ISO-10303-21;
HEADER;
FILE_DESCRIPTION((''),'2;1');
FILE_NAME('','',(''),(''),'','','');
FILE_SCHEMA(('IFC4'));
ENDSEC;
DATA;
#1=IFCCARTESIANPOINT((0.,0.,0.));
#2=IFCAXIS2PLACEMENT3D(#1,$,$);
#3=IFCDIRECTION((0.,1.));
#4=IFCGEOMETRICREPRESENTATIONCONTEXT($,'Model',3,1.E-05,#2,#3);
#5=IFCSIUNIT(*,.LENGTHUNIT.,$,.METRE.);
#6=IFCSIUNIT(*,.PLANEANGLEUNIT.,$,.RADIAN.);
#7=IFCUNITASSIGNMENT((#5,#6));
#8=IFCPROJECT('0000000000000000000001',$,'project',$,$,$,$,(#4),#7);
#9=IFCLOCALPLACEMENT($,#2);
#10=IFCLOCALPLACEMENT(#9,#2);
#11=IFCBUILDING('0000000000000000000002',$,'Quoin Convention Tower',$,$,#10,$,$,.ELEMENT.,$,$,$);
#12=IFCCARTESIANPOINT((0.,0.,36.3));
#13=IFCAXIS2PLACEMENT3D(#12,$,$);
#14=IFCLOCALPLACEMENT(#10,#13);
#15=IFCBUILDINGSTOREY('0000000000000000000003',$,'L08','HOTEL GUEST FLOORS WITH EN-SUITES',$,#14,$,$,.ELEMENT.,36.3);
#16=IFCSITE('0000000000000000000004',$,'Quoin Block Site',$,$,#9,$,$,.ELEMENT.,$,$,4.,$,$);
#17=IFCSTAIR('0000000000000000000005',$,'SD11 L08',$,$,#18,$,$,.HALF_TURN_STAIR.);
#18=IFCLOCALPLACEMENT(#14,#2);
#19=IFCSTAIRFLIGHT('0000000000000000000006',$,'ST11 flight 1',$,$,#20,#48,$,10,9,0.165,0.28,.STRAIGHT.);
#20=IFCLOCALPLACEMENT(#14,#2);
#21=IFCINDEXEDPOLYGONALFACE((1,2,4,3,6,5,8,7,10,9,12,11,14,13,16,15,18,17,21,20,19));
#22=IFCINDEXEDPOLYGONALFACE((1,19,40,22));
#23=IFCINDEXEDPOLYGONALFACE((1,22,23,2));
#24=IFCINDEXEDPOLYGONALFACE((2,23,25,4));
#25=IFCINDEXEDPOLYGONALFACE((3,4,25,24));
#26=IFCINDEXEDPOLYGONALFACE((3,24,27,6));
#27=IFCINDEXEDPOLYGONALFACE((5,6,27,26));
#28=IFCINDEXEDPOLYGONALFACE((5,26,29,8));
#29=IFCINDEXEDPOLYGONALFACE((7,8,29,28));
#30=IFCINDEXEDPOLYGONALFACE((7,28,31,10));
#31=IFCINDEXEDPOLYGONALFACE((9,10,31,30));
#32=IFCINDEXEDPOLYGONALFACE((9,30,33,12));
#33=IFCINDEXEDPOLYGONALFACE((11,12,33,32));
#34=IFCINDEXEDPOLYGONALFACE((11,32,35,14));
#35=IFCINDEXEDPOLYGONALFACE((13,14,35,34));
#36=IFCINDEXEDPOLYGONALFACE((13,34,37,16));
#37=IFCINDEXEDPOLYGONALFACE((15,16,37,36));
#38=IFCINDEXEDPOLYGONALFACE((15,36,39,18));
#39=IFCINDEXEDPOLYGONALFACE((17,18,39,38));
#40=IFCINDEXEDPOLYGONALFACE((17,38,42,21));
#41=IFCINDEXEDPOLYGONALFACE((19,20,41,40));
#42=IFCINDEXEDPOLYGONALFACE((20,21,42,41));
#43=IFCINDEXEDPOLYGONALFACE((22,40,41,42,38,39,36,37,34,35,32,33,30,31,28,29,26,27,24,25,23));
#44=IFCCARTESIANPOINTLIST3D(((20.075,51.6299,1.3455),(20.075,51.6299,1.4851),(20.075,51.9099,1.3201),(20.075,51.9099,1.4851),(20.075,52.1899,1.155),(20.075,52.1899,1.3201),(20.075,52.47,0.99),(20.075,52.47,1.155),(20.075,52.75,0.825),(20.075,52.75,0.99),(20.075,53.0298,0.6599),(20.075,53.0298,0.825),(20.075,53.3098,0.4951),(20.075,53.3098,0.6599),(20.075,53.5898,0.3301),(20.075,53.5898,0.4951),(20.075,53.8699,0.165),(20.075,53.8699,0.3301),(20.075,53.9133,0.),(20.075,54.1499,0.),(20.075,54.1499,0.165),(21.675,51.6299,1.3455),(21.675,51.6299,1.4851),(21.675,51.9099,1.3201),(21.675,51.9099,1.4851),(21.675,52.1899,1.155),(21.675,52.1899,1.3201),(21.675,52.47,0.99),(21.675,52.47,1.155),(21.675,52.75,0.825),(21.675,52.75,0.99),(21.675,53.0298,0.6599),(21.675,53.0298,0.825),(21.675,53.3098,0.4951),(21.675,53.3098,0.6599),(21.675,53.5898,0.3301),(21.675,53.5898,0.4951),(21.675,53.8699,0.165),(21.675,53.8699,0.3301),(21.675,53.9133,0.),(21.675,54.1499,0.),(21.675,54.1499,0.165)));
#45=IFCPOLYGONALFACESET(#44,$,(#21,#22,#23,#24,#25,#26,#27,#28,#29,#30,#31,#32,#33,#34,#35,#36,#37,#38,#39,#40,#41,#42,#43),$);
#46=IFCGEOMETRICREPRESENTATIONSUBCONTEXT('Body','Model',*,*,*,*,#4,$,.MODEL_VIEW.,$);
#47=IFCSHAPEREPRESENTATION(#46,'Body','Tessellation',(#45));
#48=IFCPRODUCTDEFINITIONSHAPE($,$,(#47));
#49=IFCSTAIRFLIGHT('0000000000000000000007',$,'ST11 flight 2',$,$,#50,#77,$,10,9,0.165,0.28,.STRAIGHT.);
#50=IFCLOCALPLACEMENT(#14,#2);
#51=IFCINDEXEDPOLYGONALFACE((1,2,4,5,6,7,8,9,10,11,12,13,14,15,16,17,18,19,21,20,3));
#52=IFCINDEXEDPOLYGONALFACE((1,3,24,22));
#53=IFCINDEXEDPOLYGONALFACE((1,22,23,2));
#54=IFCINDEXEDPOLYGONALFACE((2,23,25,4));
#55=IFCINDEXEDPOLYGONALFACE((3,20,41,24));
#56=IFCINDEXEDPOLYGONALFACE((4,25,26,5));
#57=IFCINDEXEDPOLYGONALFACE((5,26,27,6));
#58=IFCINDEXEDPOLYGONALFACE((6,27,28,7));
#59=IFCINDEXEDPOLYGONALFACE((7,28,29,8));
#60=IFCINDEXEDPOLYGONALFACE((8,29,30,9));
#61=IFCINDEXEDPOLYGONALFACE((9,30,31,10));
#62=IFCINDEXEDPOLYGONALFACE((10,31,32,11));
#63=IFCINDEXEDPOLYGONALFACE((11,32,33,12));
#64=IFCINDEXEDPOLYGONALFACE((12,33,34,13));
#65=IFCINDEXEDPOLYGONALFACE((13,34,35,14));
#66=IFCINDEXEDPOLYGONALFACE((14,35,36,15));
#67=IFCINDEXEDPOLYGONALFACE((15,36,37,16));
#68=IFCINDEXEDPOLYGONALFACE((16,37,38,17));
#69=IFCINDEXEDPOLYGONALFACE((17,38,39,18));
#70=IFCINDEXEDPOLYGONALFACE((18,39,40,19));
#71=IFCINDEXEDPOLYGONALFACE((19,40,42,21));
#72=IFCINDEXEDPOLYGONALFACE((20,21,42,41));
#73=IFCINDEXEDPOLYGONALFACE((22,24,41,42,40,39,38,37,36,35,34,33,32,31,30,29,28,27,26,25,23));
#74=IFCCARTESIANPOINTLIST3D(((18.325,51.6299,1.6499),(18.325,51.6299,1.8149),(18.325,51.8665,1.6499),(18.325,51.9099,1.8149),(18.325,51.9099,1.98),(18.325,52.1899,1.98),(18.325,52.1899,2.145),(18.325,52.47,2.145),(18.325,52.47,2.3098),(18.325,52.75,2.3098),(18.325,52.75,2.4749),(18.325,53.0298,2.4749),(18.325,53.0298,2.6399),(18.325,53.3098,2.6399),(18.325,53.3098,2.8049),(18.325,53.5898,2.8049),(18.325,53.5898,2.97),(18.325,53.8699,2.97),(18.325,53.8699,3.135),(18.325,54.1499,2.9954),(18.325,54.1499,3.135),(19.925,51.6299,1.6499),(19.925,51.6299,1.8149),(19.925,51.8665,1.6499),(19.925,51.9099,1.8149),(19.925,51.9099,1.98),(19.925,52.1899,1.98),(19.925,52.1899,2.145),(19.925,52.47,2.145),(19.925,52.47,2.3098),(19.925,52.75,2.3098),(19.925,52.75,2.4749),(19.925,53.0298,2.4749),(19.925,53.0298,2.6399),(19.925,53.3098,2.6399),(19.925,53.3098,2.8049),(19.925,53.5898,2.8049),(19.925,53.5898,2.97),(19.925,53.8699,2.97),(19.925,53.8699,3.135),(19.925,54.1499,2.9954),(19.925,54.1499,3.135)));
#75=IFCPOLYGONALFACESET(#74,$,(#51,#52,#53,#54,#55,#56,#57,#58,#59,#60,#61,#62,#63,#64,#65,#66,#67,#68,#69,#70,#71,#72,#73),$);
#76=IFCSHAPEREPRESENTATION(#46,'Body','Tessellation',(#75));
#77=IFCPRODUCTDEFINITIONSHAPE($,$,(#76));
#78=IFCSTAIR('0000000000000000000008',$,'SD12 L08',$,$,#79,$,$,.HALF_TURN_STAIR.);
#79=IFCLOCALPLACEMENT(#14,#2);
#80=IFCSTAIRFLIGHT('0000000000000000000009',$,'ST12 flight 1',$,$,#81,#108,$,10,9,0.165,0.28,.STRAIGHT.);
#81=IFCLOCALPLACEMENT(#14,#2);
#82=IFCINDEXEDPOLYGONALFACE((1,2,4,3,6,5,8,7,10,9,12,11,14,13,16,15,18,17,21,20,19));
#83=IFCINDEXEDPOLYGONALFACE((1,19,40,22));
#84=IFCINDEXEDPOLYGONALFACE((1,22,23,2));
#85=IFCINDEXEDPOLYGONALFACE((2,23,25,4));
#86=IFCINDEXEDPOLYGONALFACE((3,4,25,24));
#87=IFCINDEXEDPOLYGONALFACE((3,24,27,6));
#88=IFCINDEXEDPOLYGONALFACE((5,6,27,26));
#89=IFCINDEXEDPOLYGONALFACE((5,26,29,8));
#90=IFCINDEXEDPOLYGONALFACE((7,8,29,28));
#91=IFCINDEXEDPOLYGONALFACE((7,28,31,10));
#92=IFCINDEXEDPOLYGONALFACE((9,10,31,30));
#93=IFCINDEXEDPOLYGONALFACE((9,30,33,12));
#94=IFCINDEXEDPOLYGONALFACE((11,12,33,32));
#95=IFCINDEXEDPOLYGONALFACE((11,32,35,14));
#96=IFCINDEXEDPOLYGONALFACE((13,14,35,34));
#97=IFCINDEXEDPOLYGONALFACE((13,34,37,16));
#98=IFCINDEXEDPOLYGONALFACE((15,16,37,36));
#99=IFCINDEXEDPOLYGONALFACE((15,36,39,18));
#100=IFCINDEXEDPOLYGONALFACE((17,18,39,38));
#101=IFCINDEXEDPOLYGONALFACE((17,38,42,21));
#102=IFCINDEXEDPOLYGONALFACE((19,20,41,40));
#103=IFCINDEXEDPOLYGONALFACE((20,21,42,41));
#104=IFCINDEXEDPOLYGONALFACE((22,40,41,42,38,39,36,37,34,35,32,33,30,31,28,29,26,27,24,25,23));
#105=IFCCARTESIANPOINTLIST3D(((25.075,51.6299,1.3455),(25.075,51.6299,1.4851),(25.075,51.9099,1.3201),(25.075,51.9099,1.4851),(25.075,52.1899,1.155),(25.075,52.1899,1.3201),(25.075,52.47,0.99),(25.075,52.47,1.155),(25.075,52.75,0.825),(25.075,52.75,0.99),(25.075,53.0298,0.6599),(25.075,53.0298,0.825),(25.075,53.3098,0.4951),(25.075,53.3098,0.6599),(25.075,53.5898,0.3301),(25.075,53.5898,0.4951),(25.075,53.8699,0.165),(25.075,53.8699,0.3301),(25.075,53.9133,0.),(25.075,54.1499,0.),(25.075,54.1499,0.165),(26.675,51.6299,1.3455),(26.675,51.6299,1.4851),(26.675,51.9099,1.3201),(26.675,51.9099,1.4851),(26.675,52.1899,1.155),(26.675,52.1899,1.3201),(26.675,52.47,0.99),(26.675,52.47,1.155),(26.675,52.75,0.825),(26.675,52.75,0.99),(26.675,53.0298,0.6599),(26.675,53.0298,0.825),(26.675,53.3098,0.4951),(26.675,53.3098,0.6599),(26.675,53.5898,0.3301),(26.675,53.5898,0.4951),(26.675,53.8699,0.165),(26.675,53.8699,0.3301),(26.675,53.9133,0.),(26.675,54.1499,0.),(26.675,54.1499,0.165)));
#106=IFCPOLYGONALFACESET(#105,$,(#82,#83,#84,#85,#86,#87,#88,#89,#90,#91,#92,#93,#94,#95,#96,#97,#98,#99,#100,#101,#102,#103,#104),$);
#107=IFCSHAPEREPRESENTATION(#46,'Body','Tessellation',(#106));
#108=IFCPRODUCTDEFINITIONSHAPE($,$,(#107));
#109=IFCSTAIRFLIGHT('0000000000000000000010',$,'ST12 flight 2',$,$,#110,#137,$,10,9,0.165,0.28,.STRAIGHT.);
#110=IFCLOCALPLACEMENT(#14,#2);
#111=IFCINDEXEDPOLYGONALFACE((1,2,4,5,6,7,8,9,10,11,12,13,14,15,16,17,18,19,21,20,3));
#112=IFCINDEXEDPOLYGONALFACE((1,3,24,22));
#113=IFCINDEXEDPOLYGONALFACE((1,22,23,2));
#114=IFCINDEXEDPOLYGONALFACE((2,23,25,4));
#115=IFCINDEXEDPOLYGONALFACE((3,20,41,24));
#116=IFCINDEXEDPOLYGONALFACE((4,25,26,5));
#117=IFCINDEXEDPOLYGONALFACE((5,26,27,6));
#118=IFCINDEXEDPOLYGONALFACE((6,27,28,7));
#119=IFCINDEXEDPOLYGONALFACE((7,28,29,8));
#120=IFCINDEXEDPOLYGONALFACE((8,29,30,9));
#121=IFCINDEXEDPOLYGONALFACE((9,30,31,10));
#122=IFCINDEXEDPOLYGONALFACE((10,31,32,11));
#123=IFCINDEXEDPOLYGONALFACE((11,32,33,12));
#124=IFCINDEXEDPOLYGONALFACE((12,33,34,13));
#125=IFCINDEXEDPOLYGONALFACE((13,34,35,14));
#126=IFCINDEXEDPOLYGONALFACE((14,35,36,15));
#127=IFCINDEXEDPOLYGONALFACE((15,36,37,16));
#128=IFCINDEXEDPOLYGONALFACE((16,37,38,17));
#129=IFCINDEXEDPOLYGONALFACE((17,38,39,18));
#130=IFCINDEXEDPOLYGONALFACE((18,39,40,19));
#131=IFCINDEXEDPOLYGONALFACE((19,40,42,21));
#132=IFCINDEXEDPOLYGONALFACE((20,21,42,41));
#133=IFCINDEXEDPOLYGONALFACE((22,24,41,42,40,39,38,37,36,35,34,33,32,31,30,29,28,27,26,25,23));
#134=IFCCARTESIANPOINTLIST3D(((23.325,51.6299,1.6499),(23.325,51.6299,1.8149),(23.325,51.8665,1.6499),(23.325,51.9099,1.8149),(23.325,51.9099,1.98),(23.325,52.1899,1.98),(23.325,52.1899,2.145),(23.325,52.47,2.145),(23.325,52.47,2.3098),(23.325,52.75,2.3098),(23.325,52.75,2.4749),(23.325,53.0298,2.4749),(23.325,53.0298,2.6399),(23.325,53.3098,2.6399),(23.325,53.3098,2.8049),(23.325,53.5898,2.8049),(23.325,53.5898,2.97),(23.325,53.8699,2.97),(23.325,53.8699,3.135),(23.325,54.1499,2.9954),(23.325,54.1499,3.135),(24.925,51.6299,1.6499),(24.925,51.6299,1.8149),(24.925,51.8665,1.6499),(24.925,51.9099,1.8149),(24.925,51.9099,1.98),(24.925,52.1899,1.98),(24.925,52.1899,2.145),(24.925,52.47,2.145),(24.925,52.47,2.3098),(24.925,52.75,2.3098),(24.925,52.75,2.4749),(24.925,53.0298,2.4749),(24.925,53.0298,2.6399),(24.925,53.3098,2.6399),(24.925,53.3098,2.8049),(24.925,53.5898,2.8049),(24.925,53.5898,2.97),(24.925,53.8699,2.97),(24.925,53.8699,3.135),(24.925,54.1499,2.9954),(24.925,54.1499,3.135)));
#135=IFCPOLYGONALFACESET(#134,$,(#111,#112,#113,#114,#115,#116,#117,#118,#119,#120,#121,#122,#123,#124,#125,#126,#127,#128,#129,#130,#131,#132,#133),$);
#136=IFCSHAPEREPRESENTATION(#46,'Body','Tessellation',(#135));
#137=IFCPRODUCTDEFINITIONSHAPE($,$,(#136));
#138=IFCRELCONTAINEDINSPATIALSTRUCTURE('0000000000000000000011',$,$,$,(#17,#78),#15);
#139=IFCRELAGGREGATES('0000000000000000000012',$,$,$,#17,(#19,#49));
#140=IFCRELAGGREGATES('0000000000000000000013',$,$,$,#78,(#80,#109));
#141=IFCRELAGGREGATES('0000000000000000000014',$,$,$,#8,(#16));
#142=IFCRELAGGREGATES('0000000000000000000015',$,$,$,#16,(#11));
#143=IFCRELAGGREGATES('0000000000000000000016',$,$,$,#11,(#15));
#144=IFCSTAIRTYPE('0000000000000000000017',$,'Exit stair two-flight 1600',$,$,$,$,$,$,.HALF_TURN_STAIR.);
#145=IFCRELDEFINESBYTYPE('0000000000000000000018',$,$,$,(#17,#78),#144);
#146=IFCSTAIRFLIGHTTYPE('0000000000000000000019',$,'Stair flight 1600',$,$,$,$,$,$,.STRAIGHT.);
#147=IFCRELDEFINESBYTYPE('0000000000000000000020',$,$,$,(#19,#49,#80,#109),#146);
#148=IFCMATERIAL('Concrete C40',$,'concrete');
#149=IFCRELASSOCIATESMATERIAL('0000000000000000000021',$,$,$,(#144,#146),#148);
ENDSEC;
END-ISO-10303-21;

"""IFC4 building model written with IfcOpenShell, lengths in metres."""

from ifc_helpers import new_model, si_unit, direction, frame, origin, place, context, subcontext, project, spatial, polyline, outline, extrude, material, type_object, element, aggregate, save


model = new_model("IFC4")

# Units and contexts
model_context = context("Model", 3, precision=1e-05, world=origin(), true_north=direction((0.0, 1.0)))
body_context = subcontext(model_context, "Body", "Model", "MODEL_VIEW")
ifc_project = project(units=[si_unit("LENGTHUNIT", "METRE"), si_unit("PLANEANGLEUNIT", "RADIAN")], contexts=[model_context])

# Site, building, storey
site_placement = place(None, origin())
site = spatial("IfcSite", under=ifc_project, at=site_placement, Name="Quoin Block Site", CompositionType="ELEMENT", RefElevation=4.0)
building_placement = place(site_placement, origin())
building = spatial("IfcBuilding", under=site, at=building_placement, Name="Quoin Convention Tower", CompositionType="ELEMENT")
storey_placement = place(building_placement, frame((0.0, 0.0, 36.3)))
storey = spatial("IfcBuildingStorey", under=building, at=storey_placement, Name="L08", Description="HOTEL GUEST FLOORS WITH EN-SUITES", CompositionType="ELEMENT", Elevation=36.3)

# Stairs, stair flights
ifc_material_1 = material(Name="Concrete C40", Category="concrete")
stair_type = type_object("IfcStairType", Name="Exit stair two-flight 1600", PredefinedType="HALF_TURN_STAIR", material=ifc_material_1)
stair_1_placement = place(storey_placement, origin())
stair_1 = element("IfcStair", 1, at=stair_1_placement, inside=storey, type_object=stair_type, Name="SD11 L08", PredefinedType="HALF_TURN_STAIR")
stair_flight_type = type_object("IfcStairFlightType", Name="Stair flight 1600", PredefinedType="STRAIGHT", material=ifc_material_1)
stair_flight_1_placement = place(storey_placement, frame((20.875, 54.1499, 0.0), z_axis=(0.0, 0.0, 1.0), x_axis=(0.0, -1.0, 0.0)))
stair_flight_1 = element("IfcStairFlight", 2, at=stair_flight_1_placement, type_object=stair_flight_type, Name="ST11 flight 1", NumberOfRisers=10, NumberOfTreads=9, PredefinedType="STRAIGHT", RiserHeight=0.165, TreadLength=0.28, context=body_context, shape_type="SweptSolid", body=[
    extrude(outline(polyline([(0.0, 0.0), (0.0, 0.165), (0.28, 0.165), (0.28, 0.3301), (0.5601, 0.3301), (0.5601, 0.4951), (0.8401, 0.4951), (0.8401, 0.6599), (1.1201, 0.6599), (1.1201, 0.825), (1.3999, 0.825), (1.3999, 0.99), (1.6799, 0.99), (1.6799, 1.155), (1.96, 1.155), (1.96, 1.3201), (2.24, 1.3201), (2.24, 1.4851), (2.52, 1.4851), (2.52, 1.6499), (2.52, 1.3455), (0.2366, 0.0), (0.0, 0.0)])), frame((0.0, 0.8, 0.0), z_axis=(0.0, -1.0, 0.0), x_axis=(1.0, 0.0, 0.0)), (0.0, 0.0, 1.0), 1.6001),
])
stair_flight_2_placement = place(storey_placement, frame((19.125, 51.6299, 1.6499), z_axis=(0.0, 0.0, 1.0), x_axis=(0.0, 1.0, 0.0)))
stair_flight_2 = element("IfcStairFlight", 3, at=stair_flight_2_placement, type_object=stair_flight_type, Name="ST11 flight 2", NumberOfRisers=10, NumberOfTreads=9, PredefinedType="STRAIGHT", RiserHeight=0.165, TreadLength=0.28, context=body_context, shape_type="SweptSolid", body=[
    extrude(outline(polyline([(0.0, 0.0), (0.0, 0.165), (0.28, 0.165), (0.28, 0.3301), (0.5601, 0.3301), (0.5601, 0.4951), (0.8401, 0.4951), (0.8401, 0.6599), (1.1201, 0.6599), (1.1201, 0.825), (1.3999, 0.825), (1.3999, 0.99), (1.6799, 0.99), (1.6799, 1.155), (1.96, 1.155), (1.96, 1.3201), (2.24, 1.3201), (2.24, 1.4851), (2.52, 1.4851), (2.52, 1.6499), (2.52, 1.3455), (0.2366, 0.0), (0.0, 0.0)])), frame((0.0, 0.8, 0.0), z_axis=(0.0, -1.0, 0.0), x_axis=(1.0, 0.0, 0.0)), (0.0, 0.0, 1.0), 1.6001),
])
aggregate(stair_1, [stair_flight_1, stair_flight_2])
stair_2_placement = place(storey_placement, origin())
stair_2 = element("IfcStair", 4, at=stair_2_placement, inside=storey, type_object=stair_type, Name="SD12 L08", PredefinedType="HALF_TURN_STAIR")
stair_flight_3_placement = place(storey_placement, frame((25.875, 54.1499, 0.0), z_axis=(0.0, 0.0, 1.0), x_axis=(0.0, -1.0, 0.0)))
stair_flight_3 = element("IfcStairFlight", 5, at=stair_flight_3_placement, type_object=stair_flight_type, Name="ST12 flight 1", NumberOfRisers=10, NumberOfTreads=9, PredefinedType="STRAIGHT", RiserHeight=0.165, TreadLength=0.28, context=body_context, shape_type="SweptSolid", body=[
    extrude(outline(polyline([(0.0, 0.0), (0.0, 0.165), (0.28, 0.165), (0.28, 0.3301), (0.5601, 0.3301), (0.5601, 0.4951), (0.8401, 0.4951), (0.8401, 0.6599), (1.1201, 0.6599), (1.1201, 0.825), (1.3999, 0.825), (1.3999, 0.99), (1.6799, 0.99), (1.6799, 1.155), (1.96, 1.155), (1.96, 1.3201), (2.24, 1.3201), (2.24, 1.4851), (2.52, 1.4851), (2.52, 1.6499), (2.52, 1.3455), (0.2366, 0.0), (0.0, 0.0)])), frame((0.0, 0.8, 0.0), z_axis=(0.0, -1.0, 0.0), x_axis=(1.0, 0.0, 0.0)), (0.0, 0.0, 1.0), 1.6001),
])
stair_flight_4_placement = place(storey_placement, frame((24.125, 51.6299, 1.6499), z_axis=(0.0, 0.0, 1.0), x_axis=(0.0, 1.0, 0.0)))
stair_flight_4 = element("IfcStairFlight", 6, at=stair_flight_4_placement, type_object=stair_flight_type, Name="ST12 flight 2", NumberOfRisers=10, NumberOfTreads=9, PredefinedType="STRAIGHT", RiserHeight=0.165, TreadLength=0.28, context=body_context, shape_type="SweptSolid", body=[
    extrude(outline(polyline([(0.0, 0.0), (0.0, 0.165), (0.28, 0.165), (0.28, 0.3301), (0.5601, 0.3301), (0.5601, 0.4951), (0.8401, 0.4951), (0.8401, 0.6599), (1.1201, 0.6599), (1.1201, 0.825), (1.3999, 0.825), (1.3999, 0.99), (1.6799, 0.99), (1.6799, 1.155), (1.96, 1.155), (1.96, 1.3201), (2.24, 1.3201), (2.24, 1.4851), (2.52, 1.4851), (2.52, 1.6499), (2.52, 1.3455), (0.2366, 0.0), (0.0, 0.0)])), frame((0.0, 0.8, 0.0), z_axis=(0.0, -1.0, 0.0), x_axis=(1.0, 0.0, 0.0)), (0.0, 0.0, 1.0), 1.6001),
])
aggregate(stair_2, [stair_flight_3, stair_flight_4])

save(model, "model.ifc")
